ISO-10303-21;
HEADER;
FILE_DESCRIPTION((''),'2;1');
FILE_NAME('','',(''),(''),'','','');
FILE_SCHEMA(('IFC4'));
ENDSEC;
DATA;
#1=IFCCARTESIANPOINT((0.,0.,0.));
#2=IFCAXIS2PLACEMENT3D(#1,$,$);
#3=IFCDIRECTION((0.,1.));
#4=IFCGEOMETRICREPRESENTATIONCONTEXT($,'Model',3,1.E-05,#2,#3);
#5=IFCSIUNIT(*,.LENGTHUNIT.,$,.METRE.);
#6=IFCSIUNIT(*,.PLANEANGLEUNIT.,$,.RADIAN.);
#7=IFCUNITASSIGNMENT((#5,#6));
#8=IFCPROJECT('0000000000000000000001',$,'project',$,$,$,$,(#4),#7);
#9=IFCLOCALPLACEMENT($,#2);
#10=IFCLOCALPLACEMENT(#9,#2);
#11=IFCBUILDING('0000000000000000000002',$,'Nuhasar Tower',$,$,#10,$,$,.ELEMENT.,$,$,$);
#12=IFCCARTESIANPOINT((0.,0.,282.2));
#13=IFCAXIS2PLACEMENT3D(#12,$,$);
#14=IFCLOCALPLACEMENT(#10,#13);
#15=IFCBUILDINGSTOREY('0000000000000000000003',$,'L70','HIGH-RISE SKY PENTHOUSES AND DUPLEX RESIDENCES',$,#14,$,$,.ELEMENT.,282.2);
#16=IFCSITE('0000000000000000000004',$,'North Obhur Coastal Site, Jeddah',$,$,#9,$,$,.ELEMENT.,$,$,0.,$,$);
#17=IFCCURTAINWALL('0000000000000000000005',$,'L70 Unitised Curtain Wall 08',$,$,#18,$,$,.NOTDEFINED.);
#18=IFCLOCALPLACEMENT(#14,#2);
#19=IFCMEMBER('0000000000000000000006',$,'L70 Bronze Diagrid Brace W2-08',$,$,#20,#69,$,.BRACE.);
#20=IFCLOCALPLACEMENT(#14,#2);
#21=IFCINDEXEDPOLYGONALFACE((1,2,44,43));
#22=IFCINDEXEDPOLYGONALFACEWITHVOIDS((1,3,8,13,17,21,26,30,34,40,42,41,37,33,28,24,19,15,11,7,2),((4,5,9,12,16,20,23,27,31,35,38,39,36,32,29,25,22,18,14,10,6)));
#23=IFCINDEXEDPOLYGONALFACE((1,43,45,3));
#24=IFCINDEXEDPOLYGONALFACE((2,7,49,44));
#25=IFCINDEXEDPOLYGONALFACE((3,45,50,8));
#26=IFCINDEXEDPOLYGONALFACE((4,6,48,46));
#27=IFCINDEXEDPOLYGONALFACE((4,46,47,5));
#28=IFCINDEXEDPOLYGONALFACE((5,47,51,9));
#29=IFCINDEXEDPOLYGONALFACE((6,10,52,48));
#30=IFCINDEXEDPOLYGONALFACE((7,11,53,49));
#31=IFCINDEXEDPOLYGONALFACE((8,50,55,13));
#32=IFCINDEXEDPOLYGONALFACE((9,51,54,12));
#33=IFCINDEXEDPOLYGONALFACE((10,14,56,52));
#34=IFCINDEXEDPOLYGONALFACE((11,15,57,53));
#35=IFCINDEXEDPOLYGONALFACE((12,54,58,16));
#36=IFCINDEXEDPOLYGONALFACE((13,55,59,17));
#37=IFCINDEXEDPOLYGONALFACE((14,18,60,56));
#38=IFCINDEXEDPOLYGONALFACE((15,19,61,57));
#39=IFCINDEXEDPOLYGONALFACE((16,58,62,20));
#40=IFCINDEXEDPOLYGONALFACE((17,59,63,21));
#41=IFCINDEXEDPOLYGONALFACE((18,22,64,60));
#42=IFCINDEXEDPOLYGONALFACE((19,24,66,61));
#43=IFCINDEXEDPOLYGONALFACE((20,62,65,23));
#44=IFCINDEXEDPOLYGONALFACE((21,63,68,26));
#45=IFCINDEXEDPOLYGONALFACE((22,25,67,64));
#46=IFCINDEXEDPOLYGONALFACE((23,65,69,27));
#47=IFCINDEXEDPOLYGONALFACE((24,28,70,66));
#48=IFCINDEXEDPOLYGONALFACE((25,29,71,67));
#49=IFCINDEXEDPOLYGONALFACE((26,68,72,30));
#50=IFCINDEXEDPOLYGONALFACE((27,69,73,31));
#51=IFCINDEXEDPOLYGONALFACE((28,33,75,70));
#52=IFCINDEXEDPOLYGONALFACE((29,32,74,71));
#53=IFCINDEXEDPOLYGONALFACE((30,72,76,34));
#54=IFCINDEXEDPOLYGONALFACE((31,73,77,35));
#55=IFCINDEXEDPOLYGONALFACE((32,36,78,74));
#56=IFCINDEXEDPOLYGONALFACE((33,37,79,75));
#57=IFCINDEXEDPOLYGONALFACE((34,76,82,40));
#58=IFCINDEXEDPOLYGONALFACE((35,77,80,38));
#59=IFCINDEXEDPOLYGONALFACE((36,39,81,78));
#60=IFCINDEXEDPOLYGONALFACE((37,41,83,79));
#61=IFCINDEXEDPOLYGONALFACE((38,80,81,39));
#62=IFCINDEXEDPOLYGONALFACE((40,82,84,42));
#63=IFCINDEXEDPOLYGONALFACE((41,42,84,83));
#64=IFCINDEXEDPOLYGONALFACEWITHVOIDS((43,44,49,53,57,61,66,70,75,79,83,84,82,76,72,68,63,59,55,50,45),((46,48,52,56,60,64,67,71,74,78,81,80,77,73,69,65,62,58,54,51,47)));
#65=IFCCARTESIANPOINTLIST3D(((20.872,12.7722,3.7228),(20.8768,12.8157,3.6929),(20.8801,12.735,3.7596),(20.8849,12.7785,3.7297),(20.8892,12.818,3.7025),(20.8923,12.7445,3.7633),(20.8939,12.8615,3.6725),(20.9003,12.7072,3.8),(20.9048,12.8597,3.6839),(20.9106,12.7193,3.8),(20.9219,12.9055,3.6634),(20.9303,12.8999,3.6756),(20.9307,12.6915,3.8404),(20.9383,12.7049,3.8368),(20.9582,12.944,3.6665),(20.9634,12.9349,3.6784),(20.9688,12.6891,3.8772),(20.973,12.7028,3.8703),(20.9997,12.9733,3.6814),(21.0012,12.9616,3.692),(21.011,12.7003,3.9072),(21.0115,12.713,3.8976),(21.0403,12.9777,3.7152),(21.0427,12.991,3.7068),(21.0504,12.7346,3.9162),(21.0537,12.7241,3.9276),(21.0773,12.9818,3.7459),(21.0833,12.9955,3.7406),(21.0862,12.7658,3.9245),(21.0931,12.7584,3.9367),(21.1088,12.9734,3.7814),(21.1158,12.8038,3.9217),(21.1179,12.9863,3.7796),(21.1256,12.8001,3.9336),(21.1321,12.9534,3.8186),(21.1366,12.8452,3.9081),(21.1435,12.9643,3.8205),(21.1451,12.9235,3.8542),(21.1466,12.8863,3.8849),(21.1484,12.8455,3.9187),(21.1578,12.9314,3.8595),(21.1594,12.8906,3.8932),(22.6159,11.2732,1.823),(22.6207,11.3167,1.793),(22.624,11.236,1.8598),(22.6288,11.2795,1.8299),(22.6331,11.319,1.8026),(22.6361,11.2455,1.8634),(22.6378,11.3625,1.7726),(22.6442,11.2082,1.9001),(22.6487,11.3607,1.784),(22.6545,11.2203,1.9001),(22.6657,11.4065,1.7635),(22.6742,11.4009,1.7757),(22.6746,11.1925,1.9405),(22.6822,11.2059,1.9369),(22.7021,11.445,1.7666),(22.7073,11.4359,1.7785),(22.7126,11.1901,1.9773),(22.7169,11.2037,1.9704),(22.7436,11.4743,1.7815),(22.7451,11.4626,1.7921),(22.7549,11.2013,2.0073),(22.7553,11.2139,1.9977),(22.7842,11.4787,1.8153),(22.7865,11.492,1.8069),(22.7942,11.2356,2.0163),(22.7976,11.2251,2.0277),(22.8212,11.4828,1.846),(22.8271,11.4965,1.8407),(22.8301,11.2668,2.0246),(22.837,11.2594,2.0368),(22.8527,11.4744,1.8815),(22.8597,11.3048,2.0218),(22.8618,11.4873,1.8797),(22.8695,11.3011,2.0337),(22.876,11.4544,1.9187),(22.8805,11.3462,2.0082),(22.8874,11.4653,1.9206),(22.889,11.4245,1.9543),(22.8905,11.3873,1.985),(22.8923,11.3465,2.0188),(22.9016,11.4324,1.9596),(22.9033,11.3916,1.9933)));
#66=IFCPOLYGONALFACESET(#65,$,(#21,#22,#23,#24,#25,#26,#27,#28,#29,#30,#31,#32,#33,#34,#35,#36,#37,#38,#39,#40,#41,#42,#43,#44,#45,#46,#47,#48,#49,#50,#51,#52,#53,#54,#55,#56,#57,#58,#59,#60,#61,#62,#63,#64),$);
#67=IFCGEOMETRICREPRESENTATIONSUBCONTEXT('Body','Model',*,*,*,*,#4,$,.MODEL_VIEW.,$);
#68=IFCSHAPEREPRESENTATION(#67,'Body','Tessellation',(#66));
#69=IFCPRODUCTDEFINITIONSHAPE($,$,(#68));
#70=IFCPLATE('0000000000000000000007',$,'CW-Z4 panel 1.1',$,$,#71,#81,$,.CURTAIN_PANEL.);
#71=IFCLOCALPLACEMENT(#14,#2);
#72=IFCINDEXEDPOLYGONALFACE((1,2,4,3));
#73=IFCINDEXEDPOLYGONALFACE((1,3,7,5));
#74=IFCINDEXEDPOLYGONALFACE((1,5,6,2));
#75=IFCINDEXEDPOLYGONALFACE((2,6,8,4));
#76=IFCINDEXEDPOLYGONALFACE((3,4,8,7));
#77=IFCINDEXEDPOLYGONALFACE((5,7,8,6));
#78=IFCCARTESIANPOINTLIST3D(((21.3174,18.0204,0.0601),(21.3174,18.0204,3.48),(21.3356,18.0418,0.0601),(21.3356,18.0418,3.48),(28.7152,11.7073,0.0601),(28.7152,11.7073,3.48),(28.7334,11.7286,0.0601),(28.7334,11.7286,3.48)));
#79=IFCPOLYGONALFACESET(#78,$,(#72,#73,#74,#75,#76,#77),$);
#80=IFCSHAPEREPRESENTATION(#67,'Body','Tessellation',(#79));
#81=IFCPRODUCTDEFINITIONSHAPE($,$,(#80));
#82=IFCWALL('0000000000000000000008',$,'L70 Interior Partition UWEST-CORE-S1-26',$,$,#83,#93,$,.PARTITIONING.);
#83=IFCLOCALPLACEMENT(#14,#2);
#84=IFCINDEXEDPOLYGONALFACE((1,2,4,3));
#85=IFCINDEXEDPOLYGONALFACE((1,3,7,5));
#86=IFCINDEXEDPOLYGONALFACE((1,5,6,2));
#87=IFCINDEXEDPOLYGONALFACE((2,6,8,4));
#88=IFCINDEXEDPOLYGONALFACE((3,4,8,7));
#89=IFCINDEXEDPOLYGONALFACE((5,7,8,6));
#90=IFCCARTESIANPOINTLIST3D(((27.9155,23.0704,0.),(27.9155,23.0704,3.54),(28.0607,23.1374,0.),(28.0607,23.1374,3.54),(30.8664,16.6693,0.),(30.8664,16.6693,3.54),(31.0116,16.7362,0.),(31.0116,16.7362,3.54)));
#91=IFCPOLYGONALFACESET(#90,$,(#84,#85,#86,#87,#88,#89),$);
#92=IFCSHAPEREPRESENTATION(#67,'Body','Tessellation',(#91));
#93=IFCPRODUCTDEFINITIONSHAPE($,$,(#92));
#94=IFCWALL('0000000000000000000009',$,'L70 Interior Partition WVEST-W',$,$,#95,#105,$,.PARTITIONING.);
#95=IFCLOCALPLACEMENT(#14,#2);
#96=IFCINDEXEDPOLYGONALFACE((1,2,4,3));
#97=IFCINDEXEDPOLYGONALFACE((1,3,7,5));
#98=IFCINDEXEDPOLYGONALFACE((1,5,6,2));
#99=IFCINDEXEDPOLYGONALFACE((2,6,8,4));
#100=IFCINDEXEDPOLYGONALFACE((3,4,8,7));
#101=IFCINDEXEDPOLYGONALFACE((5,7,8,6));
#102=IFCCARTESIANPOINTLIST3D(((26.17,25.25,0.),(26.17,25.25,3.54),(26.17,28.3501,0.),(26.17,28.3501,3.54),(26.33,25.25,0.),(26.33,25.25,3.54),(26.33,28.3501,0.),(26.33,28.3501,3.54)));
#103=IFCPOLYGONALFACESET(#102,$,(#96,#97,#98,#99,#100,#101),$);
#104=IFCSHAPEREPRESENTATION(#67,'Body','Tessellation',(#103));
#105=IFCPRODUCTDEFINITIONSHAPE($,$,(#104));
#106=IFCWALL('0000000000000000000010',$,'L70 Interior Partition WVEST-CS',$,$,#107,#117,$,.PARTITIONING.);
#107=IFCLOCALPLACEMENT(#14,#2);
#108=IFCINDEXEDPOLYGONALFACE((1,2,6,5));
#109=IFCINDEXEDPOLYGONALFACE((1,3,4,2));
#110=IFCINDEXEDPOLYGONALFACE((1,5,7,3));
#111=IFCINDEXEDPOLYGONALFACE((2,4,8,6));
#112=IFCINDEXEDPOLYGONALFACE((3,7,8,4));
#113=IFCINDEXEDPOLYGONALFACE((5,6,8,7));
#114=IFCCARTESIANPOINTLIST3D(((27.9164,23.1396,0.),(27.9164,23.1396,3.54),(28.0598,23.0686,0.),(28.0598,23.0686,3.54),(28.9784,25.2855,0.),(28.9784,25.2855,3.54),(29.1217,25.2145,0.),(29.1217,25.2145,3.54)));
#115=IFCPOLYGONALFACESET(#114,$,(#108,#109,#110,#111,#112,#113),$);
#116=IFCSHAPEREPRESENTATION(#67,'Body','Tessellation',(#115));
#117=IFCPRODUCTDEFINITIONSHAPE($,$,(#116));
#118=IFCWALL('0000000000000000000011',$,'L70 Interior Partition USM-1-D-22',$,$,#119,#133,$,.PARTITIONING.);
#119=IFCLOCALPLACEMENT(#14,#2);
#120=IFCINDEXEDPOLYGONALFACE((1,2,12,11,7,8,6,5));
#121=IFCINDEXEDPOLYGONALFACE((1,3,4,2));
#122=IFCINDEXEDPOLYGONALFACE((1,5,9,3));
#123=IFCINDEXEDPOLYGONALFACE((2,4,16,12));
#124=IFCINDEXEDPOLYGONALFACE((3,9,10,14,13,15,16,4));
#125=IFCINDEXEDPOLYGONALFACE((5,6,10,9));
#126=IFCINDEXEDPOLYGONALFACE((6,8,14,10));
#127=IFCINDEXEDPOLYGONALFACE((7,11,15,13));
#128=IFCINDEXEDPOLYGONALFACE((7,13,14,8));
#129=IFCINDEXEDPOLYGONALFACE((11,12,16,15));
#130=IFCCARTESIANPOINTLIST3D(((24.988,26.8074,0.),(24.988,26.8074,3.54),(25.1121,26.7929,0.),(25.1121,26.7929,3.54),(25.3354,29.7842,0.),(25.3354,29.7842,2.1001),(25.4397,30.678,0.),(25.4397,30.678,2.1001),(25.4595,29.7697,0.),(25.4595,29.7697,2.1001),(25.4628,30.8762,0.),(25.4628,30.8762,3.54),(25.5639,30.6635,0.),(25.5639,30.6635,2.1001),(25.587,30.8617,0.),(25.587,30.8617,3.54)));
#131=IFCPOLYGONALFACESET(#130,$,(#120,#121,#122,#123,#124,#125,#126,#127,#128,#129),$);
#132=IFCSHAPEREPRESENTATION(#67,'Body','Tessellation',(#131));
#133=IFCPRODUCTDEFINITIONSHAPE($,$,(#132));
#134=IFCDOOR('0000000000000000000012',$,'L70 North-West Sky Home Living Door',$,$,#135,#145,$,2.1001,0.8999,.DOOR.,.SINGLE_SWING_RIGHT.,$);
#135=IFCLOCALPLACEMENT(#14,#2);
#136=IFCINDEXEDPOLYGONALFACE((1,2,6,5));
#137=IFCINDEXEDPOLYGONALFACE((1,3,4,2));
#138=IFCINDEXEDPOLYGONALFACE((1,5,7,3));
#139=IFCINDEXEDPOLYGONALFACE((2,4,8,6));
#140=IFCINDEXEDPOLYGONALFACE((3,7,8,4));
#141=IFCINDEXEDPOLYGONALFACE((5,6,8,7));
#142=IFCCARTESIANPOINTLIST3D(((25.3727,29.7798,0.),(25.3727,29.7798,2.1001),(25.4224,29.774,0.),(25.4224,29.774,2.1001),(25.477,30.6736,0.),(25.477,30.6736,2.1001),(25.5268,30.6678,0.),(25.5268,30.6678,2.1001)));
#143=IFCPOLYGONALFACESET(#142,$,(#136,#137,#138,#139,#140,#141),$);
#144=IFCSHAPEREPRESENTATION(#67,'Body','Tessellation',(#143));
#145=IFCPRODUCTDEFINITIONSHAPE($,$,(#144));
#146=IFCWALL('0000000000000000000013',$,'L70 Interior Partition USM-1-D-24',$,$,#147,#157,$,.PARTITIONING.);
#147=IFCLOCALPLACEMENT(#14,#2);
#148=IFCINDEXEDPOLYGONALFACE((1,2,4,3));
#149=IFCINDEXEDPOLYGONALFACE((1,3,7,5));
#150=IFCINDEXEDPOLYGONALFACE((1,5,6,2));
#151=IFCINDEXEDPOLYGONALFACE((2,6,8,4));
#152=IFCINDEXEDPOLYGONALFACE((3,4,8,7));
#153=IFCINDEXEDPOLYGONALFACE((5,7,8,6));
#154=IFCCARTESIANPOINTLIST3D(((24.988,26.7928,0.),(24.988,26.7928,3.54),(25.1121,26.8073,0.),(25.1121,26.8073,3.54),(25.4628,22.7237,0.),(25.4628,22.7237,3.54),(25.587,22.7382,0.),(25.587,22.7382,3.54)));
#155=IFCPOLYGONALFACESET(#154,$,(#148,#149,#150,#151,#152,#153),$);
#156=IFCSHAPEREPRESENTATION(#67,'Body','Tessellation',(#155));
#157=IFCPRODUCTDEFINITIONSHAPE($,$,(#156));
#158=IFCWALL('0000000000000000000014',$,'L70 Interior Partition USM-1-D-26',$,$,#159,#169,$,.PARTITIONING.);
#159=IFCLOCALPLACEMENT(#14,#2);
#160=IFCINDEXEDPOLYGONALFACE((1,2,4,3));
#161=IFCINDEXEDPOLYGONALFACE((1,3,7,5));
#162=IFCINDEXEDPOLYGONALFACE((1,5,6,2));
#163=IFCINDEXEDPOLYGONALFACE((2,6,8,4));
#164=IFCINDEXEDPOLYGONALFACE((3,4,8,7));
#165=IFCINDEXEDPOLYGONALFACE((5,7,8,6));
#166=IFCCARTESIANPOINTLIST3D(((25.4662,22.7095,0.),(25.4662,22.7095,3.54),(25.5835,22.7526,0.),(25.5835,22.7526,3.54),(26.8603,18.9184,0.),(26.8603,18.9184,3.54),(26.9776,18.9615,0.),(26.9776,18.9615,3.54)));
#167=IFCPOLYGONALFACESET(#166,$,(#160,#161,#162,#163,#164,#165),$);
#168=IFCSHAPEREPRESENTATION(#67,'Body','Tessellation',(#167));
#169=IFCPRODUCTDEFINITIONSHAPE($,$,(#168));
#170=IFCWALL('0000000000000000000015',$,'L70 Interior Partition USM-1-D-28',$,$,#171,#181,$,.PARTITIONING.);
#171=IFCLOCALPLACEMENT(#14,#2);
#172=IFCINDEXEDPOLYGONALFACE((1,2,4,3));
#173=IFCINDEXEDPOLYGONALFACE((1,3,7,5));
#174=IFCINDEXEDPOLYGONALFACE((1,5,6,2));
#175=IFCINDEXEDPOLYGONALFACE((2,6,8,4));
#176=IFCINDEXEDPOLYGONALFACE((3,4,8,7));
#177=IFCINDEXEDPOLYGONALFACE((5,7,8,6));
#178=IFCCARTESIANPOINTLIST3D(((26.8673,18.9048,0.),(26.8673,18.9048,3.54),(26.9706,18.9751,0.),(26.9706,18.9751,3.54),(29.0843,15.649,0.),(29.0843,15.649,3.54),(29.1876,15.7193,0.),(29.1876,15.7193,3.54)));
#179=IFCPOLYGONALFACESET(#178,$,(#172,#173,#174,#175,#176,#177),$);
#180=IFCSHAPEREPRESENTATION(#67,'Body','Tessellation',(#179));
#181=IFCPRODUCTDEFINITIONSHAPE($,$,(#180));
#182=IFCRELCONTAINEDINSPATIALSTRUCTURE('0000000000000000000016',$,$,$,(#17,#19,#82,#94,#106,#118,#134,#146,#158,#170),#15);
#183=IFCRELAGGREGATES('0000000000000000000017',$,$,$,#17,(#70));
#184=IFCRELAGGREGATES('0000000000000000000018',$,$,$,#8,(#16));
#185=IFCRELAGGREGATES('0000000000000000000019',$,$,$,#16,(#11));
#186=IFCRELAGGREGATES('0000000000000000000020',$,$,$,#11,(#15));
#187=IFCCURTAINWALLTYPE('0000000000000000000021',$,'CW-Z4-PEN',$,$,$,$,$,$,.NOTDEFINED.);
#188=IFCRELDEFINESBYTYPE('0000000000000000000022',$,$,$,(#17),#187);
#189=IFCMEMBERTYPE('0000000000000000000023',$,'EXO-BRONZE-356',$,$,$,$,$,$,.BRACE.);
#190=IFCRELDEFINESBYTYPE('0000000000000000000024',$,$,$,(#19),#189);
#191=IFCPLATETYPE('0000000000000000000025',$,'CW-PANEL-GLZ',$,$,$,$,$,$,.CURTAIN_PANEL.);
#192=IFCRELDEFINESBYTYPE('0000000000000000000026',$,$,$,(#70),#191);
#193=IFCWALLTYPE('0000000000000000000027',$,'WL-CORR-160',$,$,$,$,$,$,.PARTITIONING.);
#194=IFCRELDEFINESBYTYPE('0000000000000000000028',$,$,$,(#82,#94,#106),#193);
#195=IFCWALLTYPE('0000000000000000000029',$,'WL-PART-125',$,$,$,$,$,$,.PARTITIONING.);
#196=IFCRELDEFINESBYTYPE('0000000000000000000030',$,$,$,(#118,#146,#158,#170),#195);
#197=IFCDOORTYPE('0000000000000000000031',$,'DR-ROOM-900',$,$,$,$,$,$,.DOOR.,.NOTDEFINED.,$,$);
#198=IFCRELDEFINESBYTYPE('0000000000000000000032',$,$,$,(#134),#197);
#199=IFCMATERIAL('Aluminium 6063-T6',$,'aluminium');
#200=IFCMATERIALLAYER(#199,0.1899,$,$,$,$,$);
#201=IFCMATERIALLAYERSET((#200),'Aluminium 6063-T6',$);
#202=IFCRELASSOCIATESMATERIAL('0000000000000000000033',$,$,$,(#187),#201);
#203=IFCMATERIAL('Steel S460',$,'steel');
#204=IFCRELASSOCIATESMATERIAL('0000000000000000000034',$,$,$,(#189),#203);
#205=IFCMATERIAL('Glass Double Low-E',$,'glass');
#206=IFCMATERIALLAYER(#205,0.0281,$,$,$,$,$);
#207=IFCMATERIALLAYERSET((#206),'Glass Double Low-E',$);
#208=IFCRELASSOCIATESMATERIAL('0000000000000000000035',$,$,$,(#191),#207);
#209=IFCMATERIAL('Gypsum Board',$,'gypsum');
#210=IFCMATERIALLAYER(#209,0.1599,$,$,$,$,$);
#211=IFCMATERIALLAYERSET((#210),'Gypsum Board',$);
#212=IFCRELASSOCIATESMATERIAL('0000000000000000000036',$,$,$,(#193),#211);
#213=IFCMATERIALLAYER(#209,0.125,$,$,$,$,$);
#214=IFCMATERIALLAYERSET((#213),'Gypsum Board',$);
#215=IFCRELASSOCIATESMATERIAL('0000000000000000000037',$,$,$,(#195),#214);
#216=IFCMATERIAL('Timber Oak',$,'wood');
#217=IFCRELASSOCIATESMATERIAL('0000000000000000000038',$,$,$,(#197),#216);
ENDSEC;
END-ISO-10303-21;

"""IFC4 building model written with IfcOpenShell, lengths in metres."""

from ifc_helpers import new_model, si_unit, direction, frame, frame_2d, origin, origin_2d, place, context, subcontext, project, spatial, rectangle, hollow_circle, extrude, material, layer, layer_set, material_profile, profile_set, type_object, element, fill, aggregate, save


model = new_model("IFC4")

# Units and contexts
model_context = context("Model", 3, precision=1e-05, world=origin(), true_north=direction((0.0, 1.0)))
body_context = subcontext(model_context, "Body", "Model", "MODEL_VIEW")
ifc_project = project(units=[si_unit("LENGTHUNIT", "METRE"), si_unit("PLANEANGLEUNIT", "RADIAN")], contexts=[model_context])

# Site, building, storey
site_placement = place(None, origin())
site = spatial("IfcSite", under=ifc_project, at=site_placement, Name="North Obhur Coastal Site, Jeddah", CompositionType="ELEMENT", RefElevation=0.0)
building_placement = place(site_placement, origin())
building = spatial("IfcBuilding", under=site, at=building_placement, Name="Nuhasar Tower", CompositionType="ELEMENT")
storey_placement = place(building_placement, frame((0.0, 0.0, 282.2)))
storey = spatial("IfcBuildingStorey", under=building, at=storey_placement, Name="L70", Description="HIGH-RISE SKY PENTHOUSES AND DUPLEX RESIDENCES", CompositionType="ELEMENT", Elevation=282.2)

# Curtain wall
ifc_material_1 = material(Name="Aluminium 6063-T6", Category="aluminium")
ifc_layer_1 = layer(ifc_material_1, 0.1899)
ifc_layer_set_1 = layer_set([ifc_layer_1], Name="Aluminium 6063-T6")
curtain_wall_type = type_object("IfcCurtainWallType", Name="CW-Z4-PEN", PredefinedType="NOTDEFINED", material=ifc_layer_set_1)
curtain_wall_1_placement = place(storey_placement, origin())
curtain_wall_1 = element("IfcCurtainWall", 1, at=curtain_wall_1_placement, inside=storey, type_object=curtain_wall_type, Name="L70 Unitised Curtain Wall 08", PredefinedType="NOTDEFINED")

# Member
ifc_material_2 = material(Name="Steel S460", Category="steel")
ifc_material_profile_1 = material_profile(ifc_material_2, hollow_circle(Radius=0.1777, WallThickness=0.0159, at=origin_2d()), Name="HSS355.6X15.9")
ifc_profile_set_1 = profile_set([ifc_material_profile_1], Name="Steel S460")
member_type_1 = type_object("IfcMemberType", Name="EXO-BRONZE-356", PredefinedType="BRACE", material=ifc_profile_set_1)
member_1_placement = place(storey_placement, frame((22.76, 11.343, 1.9001), z_axis=(-0.584625, 0.502534, 0.636925), x_axis=(-0.651857, -0.758342, 0.0)))
element("IfcMember", 2, at=member_1_placement, inside=storey, type_object=member_type_1, Name="L70 Bronze Diagrid Brace W2-08", PredefinedType="BRACE", context=body_context, shape_type="SweptSolid", body=[
    extrude(hollow_circle(Radius=0.1777, WallThickness=0.0159, at=origin_2d()), origin(), (0.0, 0.0, 1.0), 2.9829),
])

# Plate
ifc_material_3 = material(Name="Glass Double Low-E", Category="glass")
ifc_layer_2 = layer(ifc_material_3, 0.0281)
ifc_layer_set_2 = layer_set([ifc_layer_2], Name="Glass Double Low-E")
plate_type = type_object("IfcPlateType", Name="CW-PANEL-GLZ", PredefinedType="CURTAIN_PANEL", material=ifc_layer_set_2)
plate_placement = place(storey_placement, frame((25.0254, 14.8745, 0.0601), z_axis=(0.0, 0.0, 1.0), x_axis=(0.760667, -0.649142, 0.0)))
plate = element("IfcPlate", 3, at=plate_placement, type_object=plate_type, Name="CW-Z4 panel 1.1", PredefinedType="CURTAIN_PANEL", context=body_context, shape_type="SweptSolid", body=[
    extrude(rectangle(XDim=9.7253, YDim=0.0281, at=origin_2d()), origin(), (0.0, 0.0, 1.0), 3.4199),
])
aggregate(curtain_wall_1, [plate])

# Wall
ifc_material_4 = material(Name="Gypsum Board", Category="gypsum")
ifc_layer_3 = layer(ifc_material_4, 0.1599)
ifc_layer_set_3 = layer_set([ifc_layer_3], Name="Gypsum Board")
wall_type_1 = type_object("IfcWallType", Name="WL-CORR-160", PredefinedType="PARTITIONING", material=ifc_layer_set_3)
wall_1_placement = place(storey_placement, frame((27.988, 23.104, 0.0), z_axis=(0.0, 0.0, 1.0), x_axis=(0.418656, -0.908145, 0.0)))
element("IfcWall", 4, at=wall_1_placement, inside=storey, type_object=wall_type_1, Name="L70 Interior Partition UWEST-CORE-S1-26", PredefinedType="PARTITIONING", context=body_context, shape_type="SweptSolid", body=[
    extrude(rectangle(XDim=7.0486, YDim=0.1599, at=frame_2d((3.5244, 0.0))), origin(), (0.0, 0.0, 1.0), 3.54),
])

# Shared definitions
ifc_material_5 = material(Name="Timber Oak", Category="wood")

# Walls
wall_2_placement = place(storey_placement, frame((26.25, 25.25, 0.0), z_axis=(0.0, 0.0, 1.0), x_axis=(0.0, 1.0, 0.0)))
element("IfcWall", 5, at=wall_2_placement, inside=storey, type_object=wall_type_1, Name="L70 Interior Partition WVEST-W", PredefinedType="PARTITIONING", context=body_context, shape_type="SweptSolid", body=[
    extrude(rectangle(XDim=3.1001, YDim=0.1599, at=frame_2d((1.55, 0.0))), origin(), (0.0, 0.0, 1.0), 3.54),
])
wall_3_placement = place(storey_placement, frame((27.988, 23.104, 0.0), z_axis=(0.0, 0.0, 1.0), x_axis=(0.443539, 0.896255, 0.0)))
element("IfcWall", 6, at=wall_3_placement, inside=storey, type_object=wall_type_1, Name="L70 Interior Partition WVEST-CS", PredefinedType="PARTITIONING", context=body_context, shape_type="SweptSolid", body=[
    extrude(rectangle(XDim=2.3943, YDim=0.1599, at=frame_2d((1.1973, 0.0))), origin(), (0.0, 0.0, 1.0), 3.54),
])

# Wall, opening, door
ifc_layer_4 = layer(ifc_material_4, 0.125)
ifc_layer_set_4 = layer_set([ifc_layer_4], Name="Gypsum Board")
wall_type_2 = type_object("IfcWallType", Name="WL-PART-125", PredefinedType="PARTITIONING", material=ifc_layer_set_4)
wall_4_placement = place(storey_placement, frame((25.05, 26.8, 0.0), z_axis=(0.0, 0.0, 1.0), x_axis=(0.115918, 0.993259, 0.0)))
wall_4 = element("IfcWall", 7, at=wall_4_placement, inside=storey, type_object=wall_type_2, Name="L70 Interior Partition USM-1-D-22", PredefinedType="PARTITIONING", context=body_context, shape_type="SweptSolid", body=[
    extrude(rectangle(XDim=4.0964, YDim=0.125, at=frame_2d((2.0483, 0.0))), origin(), (0.0, 0.0, 1.0), 3.54),
])
opening_1_placement = place(wall_4_placement, frame((2.9971, 0.0, 0.0)))
opening_1 = element("IfcOpeningElement", 8, at=opening_1_placement, cuts=wall_4, PredefinedType="OPENING", context=body_context, shape_type="SweptSolid", body=[
    extrude(rectangle(XDim=0.8999, YDim=2.1001, at=frame_2d((0.45, 1.05))), frame((0.0, 0.0725, 0.0), z_axis=(0.0, -1.0, 0.0), x_axis=(1.0, 0.0, 0.0)), (0.0, 0.0, 1.0), 0.145),
])
door_type_1 = type_object("IfcDoorType", Name="DR-ROOM-900", OperationType="NOTDEFINED", PredefinedType="DOOR", material=ifc_material_5)
door_1_placement = place(opening_1_placement, origin())
door_1 = element("IfcDoor", 9, at=door_1_placement, inside=storey, type_object=door_type_1, Name="L70 North-West Sky Home Living Door", OperationType="SINGLE_SWING_RIGHT", OverallHeight=2.1001, OverallWidth=0.8999, PredefinedType="DOOR", context=body_context, shape_type="SweptSolid", body=[
    extrude(rectangle(XDim=0.8999, YDim=2.1001, at=frame_2d((0.45, 1.05))), frame((0.0, 0.0249, 0.0), z_axis=(0.0, -1.0, 0.0), x_axis=(1.0, 0.0, 0.0)), (0.0, 0.0, 1.0), 0.05),
])
fill(opening_1, door_1)

# Walls
wall_5_placement = place(storey_placement, frame((25.05, 26.8, 0.0), z_axis=(0.0, 0.0, 1.0), x_axis=(0.115911, -0.99326, 0.0)))
element("IfcWall", 10, at=wall_5_placement, inside=storey, type_object=wall_type_2, Name="L70 Interior Partition USM-1-D-24", PredefinedType="PARTITIONING", context=body_context, shape_type="SweptSolid", body=[
    extrude(rectangle(XDim=4.0967, YDim=0.125, at=frame_2d((2.0483, 0.0))), origin(), (0.0, 0.0, 1.0), 3.54),
])
wall_6_placement = place(storey_placement, frame((25.5249, 22.731, 0.0), z_axis=(0.0, 0.0, 1.0), x_axis=(0.345128, -0.938556, 0.0)))
element("IfcWall", 11, at=wall_6_placement, inside=storey, type_object=wall_type_2, Name="L70 Interior Partition USM-1-D-26", PredefinedType="PARTITIONING", context=body_context, shape_type="SweptSolid", body=[
    extrude(rectangle(XDim=4.0393, YDim=0.125, at=frame_2d((2.0195, 0.0))), origin(), (0.0, 0.0, 1.0), 3.54),
])
wall_7_placement = place(storey_placement, frame((26.9189, 18.9399, 0.0), z_axis=(0.0, 0.0, 1.0), x_axis=(0.562841, -0.826566, 0.0)))
element("IfcWall", 12, at=wall_7_placement, inside=storey, type_object=wall_type_2, Name="L70 Interior Partition USM-1-D-28", PredefinedType="PARTITIONING", context=body_context, shape_type="SweptSolid", body=[
    extrude(rectangle(XDim=3.939, YDim=0.125, at=frame_2d((1.9695, 0.0))), origin(), (0.0, 0.0, 1.0), 3.54),
])

save(model, "model.ifc")
